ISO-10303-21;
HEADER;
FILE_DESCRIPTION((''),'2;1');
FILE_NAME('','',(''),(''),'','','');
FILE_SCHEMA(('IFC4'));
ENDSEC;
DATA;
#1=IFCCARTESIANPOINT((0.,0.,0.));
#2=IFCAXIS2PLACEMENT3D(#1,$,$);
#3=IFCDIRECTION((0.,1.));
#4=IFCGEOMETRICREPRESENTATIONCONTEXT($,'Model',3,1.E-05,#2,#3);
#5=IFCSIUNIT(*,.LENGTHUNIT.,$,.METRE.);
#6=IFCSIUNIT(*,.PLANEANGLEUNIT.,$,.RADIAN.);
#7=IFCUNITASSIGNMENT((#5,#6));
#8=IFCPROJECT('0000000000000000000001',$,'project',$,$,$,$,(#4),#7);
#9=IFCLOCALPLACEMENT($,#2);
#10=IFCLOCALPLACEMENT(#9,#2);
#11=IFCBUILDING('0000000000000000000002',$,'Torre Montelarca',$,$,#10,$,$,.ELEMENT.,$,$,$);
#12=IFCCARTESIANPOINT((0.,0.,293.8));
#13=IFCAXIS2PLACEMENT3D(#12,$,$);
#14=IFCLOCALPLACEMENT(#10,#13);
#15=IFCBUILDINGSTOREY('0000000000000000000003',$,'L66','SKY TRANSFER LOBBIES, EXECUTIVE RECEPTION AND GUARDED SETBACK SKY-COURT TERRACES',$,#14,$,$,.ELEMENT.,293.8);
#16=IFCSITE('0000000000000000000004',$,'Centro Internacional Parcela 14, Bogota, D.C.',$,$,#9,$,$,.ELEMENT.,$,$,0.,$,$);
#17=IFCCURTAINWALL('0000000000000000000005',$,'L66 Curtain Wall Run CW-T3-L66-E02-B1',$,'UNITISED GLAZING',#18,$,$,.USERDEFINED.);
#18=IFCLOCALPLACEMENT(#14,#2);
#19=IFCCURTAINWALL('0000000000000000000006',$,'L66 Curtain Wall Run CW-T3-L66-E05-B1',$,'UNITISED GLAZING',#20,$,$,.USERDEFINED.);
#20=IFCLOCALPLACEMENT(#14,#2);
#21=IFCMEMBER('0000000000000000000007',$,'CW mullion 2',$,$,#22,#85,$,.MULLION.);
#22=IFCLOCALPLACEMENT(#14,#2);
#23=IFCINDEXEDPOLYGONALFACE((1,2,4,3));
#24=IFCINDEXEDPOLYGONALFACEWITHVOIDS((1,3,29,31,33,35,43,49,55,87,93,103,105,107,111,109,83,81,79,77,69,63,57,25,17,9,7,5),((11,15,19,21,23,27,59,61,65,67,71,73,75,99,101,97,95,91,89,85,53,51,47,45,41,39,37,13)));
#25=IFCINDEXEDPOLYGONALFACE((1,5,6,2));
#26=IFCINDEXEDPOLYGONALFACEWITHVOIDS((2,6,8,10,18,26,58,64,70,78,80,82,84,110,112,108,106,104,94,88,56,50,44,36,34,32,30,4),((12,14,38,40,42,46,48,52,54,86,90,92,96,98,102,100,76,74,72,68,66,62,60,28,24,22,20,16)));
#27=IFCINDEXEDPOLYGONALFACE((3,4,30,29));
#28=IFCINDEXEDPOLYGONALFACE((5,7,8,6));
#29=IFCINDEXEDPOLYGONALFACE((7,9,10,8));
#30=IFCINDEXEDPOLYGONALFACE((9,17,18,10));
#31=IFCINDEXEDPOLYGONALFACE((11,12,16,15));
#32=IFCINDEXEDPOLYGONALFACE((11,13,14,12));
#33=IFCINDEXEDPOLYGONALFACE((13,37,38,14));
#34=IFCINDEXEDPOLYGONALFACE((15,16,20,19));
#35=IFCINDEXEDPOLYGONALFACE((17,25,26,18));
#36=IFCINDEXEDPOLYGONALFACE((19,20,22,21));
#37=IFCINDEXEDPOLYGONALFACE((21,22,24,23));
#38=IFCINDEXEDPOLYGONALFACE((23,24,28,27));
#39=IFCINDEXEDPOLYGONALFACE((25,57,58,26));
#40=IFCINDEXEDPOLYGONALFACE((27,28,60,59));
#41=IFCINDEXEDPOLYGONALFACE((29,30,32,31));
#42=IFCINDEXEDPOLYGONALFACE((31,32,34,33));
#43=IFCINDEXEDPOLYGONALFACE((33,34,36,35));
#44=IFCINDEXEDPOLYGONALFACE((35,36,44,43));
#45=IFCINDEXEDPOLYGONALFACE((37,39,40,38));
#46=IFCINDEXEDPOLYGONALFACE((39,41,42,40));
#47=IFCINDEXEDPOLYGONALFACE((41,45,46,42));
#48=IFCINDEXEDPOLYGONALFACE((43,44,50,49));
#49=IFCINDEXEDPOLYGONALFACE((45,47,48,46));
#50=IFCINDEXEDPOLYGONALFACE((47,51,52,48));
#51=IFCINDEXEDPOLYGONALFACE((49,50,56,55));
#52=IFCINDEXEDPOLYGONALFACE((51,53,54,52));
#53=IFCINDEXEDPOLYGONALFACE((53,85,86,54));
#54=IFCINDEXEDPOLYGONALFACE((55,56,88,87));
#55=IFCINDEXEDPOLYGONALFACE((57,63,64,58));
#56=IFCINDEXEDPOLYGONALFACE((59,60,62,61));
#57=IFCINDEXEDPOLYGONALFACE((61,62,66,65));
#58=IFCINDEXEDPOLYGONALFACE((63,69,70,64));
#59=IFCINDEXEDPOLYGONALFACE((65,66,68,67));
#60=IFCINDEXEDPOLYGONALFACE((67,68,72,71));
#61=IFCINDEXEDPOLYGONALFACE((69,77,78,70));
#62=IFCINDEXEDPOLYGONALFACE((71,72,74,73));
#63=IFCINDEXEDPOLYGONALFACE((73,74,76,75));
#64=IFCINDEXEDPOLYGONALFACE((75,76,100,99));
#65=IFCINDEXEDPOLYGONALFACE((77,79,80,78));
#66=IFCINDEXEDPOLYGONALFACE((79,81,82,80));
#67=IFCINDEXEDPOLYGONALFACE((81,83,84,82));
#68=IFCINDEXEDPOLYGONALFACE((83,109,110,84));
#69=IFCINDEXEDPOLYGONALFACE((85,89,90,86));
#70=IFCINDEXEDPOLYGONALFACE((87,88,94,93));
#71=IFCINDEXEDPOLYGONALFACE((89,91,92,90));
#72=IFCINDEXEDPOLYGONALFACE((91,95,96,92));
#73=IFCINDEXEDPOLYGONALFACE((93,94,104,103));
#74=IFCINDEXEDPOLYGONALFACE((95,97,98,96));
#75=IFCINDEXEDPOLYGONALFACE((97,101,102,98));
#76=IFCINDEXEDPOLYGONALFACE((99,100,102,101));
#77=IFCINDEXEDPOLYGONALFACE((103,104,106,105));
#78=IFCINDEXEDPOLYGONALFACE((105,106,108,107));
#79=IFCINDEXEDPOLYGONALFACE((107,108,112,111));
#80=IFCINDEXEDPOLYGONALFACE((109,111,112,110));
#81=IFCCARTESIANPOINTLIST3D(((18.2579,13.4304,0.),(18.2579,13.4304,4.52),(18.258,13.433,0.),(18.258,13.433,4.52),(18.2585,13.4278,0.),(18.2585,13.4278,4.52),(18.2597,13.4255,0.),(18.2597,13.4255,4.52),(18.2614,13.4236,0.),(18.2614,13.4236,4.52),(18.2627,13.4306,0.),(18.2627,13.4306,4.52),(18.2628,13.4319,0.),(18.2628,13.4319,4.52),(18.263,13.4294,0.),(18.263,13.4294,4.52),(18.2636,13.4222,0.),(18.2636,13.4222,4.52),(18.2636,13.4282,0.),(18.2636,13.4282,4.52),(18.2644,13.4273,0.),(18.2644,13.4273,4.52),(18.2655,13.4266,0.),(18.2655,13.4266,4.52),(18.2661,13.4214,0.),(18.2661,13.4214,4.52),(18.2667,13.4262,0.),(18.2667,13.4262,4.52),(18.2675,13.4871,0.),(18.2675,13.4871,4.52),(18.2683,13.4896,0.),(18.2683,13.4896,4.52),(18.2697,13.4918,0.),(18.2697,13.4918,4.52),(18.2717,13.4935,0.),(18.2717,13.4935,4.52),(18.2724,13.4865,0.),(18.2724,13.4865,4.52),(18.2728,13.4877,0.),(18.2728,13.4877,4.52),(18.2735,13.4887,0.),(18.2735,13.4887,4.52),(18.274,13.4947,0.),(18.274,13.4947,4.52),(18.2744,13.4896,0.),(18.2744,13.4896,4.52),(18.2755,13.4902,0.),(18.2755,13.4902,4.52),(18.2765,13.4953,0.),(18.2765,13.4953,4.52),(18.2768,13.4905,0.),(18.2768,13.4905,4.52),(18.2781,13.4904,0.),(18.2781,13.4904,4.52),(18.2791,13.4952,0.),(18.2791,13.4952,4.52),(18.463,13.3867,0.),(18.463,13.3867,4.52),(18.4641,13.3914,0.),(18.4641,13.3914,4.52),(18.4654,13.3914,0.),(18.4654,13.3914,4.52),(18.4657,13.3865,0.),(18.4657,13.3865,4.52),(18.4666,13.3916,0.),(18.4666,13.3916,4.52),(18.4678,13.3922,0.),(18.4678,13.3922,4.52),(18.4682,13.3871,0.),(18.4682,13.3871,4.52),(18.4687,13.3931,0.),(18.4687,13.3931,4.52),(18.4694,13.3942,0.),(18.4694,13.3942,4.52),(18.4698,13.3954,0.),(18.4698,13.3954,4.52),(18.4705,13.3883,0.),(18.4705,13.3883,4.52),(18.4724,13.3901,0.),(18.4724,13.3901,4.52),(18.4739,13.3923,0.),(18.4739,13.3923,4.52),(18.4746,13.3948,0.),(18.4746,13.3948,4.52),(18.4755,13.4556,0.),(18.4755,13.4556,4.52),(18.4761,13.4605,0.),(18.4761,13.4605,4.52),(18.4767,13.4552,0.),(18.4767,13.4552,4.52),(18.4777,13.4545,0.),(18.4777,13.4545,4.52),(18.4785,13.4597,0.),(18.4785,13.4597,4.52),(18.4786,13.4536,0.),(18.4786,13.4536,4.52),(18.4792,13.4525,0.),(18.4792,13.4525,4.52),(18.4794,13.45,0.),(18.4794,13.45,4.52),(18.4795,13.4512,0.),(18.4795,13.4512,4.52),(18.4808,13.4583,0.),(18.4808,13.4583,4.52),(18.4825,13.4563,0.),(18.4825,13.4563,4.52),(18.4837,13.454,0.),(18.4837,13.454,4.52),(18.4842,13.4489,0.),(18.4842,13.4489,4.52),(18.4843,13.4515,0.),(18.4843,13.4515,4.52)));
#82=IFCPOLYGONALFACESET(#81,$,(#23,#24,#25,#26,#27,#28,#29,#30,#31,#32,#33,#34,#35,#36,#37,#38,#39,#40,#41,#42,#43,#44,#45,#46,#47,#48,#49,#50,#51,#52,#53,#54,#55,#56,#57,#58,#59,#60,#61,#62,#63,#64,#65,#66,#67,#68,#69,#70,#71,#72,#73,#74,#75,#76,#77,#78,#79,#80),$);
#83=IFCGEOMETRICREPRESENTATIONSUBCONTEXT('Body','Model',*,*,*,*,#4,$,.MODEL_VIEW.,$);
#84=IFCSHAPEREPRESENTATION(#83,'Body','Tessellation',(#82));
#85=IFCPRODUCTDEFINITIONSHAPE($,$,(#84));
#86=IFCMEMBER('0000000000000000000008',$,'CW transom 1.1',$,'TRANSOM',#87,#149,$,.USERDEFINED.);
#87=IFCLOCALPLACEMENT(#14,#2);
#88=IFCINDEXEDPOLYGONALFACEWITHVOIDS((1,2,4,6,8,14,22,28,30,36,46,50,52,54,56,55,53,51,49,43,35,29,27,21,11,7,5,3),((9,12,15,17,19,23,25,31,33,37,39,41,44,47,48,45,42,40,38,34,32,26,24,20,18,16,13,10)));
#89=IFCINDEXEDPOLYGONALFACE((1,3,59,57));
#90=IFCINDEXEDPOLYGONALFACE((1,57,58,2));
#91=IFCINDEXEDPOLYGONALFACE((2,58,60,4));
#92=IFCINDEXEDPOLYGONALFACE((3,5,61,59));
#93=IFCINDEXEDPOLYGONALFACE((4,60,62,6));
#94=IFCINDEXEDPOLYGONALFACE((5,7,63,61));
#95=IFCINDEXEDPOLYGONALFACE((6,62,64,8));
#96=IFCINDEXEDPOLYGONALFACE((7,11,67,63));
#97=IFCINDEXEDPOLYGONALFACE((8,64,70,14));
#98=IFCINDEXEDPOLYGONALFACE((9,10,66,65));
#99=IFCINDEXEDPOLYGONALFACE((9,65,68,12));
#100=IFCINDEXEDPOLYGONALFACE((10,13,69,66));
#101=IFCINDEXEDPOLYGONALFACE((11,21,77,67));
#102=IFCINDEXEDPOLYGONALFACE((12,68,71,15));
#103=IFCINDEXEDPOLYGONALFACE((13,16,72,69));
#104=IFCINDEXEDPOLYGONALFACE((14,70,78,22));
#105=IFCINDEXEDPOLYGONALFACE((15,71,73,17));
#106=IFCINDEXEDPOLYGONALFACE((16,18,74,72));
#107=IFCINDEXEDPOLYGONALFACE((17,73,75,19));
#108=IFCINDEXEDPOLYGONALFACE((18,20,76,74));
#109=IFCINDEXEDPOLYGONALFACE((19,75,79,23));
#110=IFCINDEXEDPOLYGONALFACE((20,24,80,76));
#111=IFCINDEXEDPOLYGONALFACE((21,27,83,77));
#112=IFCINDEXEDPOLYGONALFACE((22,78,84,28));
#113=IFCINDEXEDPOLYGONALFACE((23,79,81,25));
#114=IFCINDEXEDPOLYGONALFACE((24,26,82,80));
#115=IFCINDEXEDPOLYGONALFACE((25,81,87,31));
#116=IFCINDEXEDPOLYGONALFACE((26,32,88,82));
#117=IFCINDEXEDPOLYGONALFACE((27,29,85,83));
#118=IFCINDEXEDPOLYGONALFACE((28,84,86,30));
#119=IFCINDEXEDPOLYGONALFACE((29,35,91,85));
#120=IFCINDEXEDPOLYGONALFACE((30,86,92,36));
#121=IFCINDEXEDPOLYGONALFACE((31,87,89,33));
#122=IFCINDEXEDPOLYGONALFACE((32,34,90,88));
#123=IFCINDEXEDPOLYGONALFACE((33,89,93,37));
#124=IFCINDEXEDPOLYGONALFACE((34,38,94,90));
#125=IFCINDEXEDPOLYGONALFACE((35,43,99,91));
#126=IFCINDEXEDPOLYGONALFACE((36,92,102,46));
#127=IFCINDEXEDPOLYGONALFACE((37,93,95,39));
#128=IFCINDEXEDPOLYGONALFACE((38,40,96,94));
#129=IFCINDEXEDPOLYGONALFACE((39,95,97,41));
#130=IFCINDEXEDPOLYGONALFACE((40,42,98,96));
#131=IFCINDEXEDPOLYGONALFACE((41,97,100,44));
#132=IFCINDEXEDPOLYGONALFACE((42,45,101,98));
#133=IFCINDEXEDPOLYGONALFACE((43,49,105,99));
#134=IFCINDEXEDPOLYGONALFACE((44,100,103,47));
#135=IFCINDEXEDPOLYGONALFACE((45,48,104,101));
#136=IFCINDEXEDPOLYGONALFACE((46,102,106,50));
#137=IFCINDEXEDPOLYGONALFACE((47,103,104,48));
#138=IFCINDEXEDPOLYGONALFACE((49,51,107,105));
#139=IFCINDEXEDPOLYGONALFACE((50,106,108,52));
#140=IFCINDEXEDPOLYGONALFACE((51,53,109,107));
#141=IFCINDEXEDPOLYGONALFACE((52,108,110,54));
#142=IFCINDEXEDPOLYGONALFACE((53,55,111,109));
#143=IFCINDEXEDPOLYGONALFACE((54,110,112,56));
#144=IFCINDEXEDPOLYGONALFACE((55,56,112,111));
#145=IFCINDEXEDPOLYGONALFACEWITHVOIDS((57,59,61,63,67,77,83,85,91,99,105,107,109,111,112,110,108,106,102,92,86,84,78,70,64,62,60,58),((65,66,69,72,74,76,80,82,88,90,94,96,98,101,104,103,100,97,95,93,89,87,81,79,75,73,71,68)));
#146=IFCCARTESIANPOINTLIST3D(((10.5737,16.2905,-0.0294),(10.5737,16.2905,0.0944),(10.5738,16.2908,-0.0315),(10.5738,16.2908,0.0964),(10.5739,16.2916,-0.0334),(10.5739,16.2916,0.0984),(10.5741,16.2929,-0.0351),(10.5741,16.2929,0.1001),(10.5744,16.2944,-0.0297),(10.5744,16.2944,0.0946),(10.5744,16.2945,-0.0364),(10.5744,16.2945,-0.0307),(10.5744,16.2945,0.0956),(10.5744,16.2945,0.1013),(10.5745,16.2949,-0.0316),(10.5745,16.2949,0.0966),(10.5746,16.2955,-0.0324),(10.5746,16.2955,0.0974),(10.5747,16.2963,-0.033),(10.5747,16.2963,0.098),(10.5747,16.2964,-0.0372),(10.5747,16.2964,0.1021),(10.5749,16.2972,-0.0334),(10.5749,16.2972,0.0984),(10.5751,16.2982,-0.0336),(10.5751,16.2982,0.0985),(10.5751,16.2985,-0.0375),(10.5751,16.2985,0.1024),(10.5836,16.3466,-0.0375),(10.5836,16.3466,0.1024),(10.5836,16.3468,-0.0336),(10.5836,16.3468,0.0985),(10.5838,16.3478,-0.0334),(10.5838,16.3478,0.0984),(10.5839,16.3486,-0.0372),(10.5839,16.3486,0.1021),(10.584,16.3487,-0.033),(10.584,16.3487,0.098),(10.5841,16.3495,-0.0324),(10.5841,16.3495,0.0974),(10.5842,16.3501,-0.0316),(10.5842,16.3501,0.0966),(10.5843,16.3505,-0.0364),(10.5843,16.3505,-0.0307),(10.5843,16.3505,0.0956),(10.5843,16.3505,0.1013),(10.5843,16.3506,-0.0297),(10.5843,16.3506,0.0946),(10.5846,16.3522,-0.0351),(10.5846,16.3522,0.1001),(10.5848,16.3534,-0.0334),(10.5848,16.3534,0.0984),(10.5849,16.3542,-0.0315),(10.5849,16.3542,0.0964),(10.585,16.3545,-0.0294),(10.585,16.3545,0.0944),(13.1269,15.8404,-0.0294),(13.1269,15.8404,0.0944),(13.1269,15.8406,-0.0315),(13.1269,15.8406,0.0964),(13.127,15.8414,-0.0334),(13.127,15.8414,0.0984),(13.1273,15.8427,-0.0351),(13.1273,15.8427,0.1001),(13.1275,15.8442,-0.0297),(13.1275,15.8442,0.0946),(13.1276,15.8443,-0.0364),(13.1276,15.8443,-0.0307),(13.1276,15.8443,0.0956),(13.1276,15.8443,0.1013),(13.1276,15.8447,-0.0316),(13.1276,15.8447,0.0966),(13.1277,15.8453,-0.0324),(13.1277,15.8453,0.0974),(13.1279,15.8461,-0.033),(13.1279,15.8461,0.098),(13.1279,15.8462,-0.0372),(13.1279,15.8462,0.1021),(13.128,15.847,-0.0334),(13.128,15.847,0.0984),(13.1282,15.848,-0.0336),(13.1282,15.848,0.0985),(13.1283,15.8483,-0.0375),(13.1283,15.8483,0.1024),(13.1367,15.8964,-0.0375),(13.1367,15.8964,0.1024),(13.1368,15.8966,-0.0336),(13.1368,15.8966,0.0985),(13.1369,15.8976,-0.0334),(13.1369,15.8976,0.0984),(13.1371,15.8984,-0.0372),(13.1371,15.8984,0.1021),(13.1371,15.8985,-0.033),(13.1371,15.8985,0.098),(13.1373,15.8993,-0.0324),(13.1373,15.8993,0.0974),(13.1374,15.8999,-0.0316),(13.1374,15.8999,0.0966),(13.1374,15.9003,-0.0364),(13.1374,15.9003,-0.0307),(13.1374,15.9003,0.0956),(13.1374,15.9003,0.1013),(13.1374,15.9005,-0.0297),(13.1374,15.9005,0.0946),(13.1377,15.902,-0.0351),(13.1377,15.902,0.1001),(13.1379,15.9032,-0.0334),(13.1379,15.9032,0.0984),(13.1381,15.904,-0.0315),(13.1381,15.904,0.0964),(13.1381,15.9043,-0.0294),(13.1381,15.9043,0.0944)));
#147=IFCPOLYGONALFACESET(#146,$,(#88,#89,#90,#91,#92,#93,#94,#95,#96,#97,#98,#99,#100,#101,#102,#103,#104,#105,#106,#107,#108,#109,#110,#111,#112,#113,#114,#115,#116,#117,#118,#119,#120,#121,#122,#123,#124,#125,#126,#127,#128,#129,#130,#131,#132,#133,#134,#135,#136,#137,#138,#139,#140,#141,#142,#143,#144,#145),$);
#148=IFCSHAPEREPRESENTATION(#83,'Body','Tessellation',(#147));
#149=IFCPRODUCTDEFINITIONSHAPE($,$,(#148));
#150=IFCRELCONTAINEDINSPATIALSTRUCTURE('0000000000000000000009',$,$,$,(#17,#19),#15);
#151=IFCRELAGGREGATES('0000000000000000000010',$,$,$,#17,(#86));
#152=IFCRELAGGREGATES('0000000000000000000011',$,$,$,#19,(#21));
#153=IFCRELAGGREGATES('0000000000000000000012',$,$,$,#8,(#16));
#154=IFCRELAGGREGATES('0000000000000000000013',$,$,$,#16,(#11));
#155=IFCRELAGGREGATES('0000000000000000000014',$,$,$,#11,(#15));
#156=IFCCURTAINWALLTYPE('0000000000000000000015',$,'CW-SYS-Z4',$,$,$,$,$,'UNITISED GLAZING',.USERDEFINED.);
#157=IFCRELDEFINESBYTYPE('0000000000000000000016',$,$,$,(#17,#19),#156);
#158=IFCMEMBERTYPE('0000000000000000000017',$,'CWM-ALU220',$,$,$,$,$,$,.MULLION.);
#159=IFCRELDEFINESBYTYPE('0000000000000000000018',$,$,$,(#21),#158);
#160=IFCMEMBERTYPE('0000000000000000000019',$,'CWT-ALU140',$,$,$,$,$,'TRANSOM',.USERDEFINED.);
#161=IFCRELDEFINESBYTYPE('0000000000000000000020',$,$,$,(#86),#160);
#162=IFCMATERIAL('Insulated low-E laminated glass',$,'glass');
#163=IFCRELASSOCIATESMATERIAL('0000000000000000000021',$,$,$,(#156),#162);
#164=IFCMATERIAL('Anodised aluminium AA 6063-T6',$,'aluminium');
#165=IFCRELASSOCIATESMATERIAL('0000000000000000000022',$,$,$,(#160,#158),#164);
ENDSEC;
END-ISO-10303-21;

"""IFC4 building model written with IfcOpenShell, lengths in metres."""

from ifc_helpers import new_model, si_unit, direction, frame, origin, origin_2d, place, context, subcontext, project, spatial, hollow_rectangle, extrude, source, transform, mapped, material, material_profile, profile_set, type_object, element, aggregate, save


model = new_model("IFC4")

# Units and contexts
model_context = context("Model", 3, precision=1e-05, world=origin(), true_north=direction((0.0, 1.0)))
body_context = subcontext(model_context, "Body", "Model", "MODEL_VIEW")
ifc_project = project(units=[si_unit("LENGTHUNIT", "METRE"), si_unit("PLANEANGLEUNIT", "RADIAN")], contexts=[model_context])

# Site, building, storey
site_placement = place(None, origin())
site = spatial("IfcSite", under=ifc_project, at=site_placement, Name="Centro Internacional Parcela 14, Bogota, D.C.", CompositionType="ELEMENT", RefElevation=0.0)
building_placement = place(site_placement, origin())
building = spatial("IfcBuilding", under=site, at=building_placement, Name="Torre Montelarca", CompositionType="ELEMENT")
storey_placement = place(building_placement, frame((0.0, 0.0, 293.8)))
storey = spatial("IfcBuildingStorey", under=building, at=storey_placement, Name="L66", Description="SKY TRANSFER LOBBIES, EXECUTIVE RECEPTION AND GUARDED SETBACK SKY-COURT TERRACES", CompositionType="ELEMENT", Elevation=293.8)

# Curtain walls, member
ifc_material_1 = material(Name="Insulated low-E laminated glass", Category="glass")
curtain_wall_type = type_object("IfcCurtainWallType", Name="CW-SYS-Z4", ElementType="UNITISED GLAZING", PredefinedType="USERDEFINED", material=ifc_material_1)
curtain_wall_1_placement = place(storey_placement, origin())
curtain_wall_1 = element("IfcCurtainWall", 1, at=curtain_wall_1_placement, inside=storey, type_object=curtain_wall_type, Name="L66 Curtain Wall Run CW-T3-L66-E02-B1", ObjectType="UNITISED GLAZING", PredefinedType="USERDEFINED")
ifc_material_2 = material(Name="Anodised aluminium AA 6063-T6", Category="aluminium")
ifc_material_profile_1 = material_profile(ifc_material_2, hollow_rectangle(XDim=0.0649, YDim=0.1399, WallThickness=0.0039, InnerFilletRadius=0.0039, OuterFilletRadius=0.0081, at=origin_2d()), Name="ALU65X140X4", Category="aluminium")
ifc_profile_set_1 = profile_set([ifc_material_profile_1], Name="Anodised aluminium AA 6063-T6")
member_type_1 = type_object("IfcMemberType", Name="CWT-ALU140", ElementType="TRANSOM", PredefinedType="USERDEFINED", material=ifc_profile_set_1)
ifc_material_profile_2 = material_profile(ifc_material_2, hollow_rectangle(XDim=0.075, YDim=0.22, WallThickness=0.0049, InnerFilletRadius=0.0049, OuterFilletRadius=0.01, at=origin_2d()), Name="ALU75X220X5", Category="aluminium")
ifc_profile_set_2 = profile_set([ifc_material_profile_2], Name="Anodised aluminium AA 6063-T6")
member_type_2 = type_object("IfcMemberType", Name="CWM-ALU220", PredefinedType="MULLION", material=ifc_profile_set_2)
shared_shape_1 = source(origin(), body_context, "Body", "SweptSolid", [
    extrude(hollow_rectangle(XDim=0.075, YDim=0.22, WallThickness=0.0049, InnerFilletRadius=0.0049, OuterFilletRadius=0.01, at=origin_2d()), origin(), (0.0, 0.0, 1.0), 4.52),
])
curtain_wall_2_placement = place(storey_placement, origin())
curtain_wall_2 = element("IfcCurtainWall", 2, at=curtain_wall_2_placement, inside=storey, type_object=curtain_wall_type, Name="L66 Curtain Wall Run CW-T3-L66-E05-B1", ObjectType="UNITISED GLAZING", PredefinedType="USERDEFINED")
member_1_placement = place(storey_placement, frame((18.3711, 13.4409, 0.0), z_axis=(0.0, 0.0, 1.0), x_axis=(0.173635, 0.98481, 0.0)))
member_1 = element("IfcMember", 3, at=member_1_placement, type_object=member_type_2, Name="CW mullion 2", PredefinedType="MULLION", context=body_context, shape_type="MappedRepresentation", body=[
    mapped(shared_shape_1, transform((0.0, 0.0, 0.0), scale=1.0)),
])

# Member
shared_shape_2 = source(origin(), body_context, "Body", "SweptSolid", [
    extrude(hollow_rectangle(XDim=0.0649, YDim=0.1399, WallThickness=0.0039, InnerFilletRadius=0.0039, OuterFilletRadius=0.0081, at=origin_2d()), origin(), (0.0, 0.0, 1.0), 2.5925),
])
member_2_placement = place(storey_placement, frame((10.5793, 16.3225, 0.0325), z_axis=(0.984808, -0.173646, 0.0), x_axis=(0.173646, 0.984808, 0.0)))
member_2 = element("IfcMember", 4, at=member_2_placement, type_object=member_type_1, Name="CW transom 1.1", ObjectType="TRANSOM", PredefinedType="USERDEFINED", context=body_context, shape_type="MappedRepresentation", body=[
    mapped(shared_shape_2, transform((0.0, 0.0, 0.0), scale=1.0)),
])

aggregate(curtain_wall_1, [member_2])
aggregate(curtain_wall_2, [member_1])

save(model, "model.ifc")
